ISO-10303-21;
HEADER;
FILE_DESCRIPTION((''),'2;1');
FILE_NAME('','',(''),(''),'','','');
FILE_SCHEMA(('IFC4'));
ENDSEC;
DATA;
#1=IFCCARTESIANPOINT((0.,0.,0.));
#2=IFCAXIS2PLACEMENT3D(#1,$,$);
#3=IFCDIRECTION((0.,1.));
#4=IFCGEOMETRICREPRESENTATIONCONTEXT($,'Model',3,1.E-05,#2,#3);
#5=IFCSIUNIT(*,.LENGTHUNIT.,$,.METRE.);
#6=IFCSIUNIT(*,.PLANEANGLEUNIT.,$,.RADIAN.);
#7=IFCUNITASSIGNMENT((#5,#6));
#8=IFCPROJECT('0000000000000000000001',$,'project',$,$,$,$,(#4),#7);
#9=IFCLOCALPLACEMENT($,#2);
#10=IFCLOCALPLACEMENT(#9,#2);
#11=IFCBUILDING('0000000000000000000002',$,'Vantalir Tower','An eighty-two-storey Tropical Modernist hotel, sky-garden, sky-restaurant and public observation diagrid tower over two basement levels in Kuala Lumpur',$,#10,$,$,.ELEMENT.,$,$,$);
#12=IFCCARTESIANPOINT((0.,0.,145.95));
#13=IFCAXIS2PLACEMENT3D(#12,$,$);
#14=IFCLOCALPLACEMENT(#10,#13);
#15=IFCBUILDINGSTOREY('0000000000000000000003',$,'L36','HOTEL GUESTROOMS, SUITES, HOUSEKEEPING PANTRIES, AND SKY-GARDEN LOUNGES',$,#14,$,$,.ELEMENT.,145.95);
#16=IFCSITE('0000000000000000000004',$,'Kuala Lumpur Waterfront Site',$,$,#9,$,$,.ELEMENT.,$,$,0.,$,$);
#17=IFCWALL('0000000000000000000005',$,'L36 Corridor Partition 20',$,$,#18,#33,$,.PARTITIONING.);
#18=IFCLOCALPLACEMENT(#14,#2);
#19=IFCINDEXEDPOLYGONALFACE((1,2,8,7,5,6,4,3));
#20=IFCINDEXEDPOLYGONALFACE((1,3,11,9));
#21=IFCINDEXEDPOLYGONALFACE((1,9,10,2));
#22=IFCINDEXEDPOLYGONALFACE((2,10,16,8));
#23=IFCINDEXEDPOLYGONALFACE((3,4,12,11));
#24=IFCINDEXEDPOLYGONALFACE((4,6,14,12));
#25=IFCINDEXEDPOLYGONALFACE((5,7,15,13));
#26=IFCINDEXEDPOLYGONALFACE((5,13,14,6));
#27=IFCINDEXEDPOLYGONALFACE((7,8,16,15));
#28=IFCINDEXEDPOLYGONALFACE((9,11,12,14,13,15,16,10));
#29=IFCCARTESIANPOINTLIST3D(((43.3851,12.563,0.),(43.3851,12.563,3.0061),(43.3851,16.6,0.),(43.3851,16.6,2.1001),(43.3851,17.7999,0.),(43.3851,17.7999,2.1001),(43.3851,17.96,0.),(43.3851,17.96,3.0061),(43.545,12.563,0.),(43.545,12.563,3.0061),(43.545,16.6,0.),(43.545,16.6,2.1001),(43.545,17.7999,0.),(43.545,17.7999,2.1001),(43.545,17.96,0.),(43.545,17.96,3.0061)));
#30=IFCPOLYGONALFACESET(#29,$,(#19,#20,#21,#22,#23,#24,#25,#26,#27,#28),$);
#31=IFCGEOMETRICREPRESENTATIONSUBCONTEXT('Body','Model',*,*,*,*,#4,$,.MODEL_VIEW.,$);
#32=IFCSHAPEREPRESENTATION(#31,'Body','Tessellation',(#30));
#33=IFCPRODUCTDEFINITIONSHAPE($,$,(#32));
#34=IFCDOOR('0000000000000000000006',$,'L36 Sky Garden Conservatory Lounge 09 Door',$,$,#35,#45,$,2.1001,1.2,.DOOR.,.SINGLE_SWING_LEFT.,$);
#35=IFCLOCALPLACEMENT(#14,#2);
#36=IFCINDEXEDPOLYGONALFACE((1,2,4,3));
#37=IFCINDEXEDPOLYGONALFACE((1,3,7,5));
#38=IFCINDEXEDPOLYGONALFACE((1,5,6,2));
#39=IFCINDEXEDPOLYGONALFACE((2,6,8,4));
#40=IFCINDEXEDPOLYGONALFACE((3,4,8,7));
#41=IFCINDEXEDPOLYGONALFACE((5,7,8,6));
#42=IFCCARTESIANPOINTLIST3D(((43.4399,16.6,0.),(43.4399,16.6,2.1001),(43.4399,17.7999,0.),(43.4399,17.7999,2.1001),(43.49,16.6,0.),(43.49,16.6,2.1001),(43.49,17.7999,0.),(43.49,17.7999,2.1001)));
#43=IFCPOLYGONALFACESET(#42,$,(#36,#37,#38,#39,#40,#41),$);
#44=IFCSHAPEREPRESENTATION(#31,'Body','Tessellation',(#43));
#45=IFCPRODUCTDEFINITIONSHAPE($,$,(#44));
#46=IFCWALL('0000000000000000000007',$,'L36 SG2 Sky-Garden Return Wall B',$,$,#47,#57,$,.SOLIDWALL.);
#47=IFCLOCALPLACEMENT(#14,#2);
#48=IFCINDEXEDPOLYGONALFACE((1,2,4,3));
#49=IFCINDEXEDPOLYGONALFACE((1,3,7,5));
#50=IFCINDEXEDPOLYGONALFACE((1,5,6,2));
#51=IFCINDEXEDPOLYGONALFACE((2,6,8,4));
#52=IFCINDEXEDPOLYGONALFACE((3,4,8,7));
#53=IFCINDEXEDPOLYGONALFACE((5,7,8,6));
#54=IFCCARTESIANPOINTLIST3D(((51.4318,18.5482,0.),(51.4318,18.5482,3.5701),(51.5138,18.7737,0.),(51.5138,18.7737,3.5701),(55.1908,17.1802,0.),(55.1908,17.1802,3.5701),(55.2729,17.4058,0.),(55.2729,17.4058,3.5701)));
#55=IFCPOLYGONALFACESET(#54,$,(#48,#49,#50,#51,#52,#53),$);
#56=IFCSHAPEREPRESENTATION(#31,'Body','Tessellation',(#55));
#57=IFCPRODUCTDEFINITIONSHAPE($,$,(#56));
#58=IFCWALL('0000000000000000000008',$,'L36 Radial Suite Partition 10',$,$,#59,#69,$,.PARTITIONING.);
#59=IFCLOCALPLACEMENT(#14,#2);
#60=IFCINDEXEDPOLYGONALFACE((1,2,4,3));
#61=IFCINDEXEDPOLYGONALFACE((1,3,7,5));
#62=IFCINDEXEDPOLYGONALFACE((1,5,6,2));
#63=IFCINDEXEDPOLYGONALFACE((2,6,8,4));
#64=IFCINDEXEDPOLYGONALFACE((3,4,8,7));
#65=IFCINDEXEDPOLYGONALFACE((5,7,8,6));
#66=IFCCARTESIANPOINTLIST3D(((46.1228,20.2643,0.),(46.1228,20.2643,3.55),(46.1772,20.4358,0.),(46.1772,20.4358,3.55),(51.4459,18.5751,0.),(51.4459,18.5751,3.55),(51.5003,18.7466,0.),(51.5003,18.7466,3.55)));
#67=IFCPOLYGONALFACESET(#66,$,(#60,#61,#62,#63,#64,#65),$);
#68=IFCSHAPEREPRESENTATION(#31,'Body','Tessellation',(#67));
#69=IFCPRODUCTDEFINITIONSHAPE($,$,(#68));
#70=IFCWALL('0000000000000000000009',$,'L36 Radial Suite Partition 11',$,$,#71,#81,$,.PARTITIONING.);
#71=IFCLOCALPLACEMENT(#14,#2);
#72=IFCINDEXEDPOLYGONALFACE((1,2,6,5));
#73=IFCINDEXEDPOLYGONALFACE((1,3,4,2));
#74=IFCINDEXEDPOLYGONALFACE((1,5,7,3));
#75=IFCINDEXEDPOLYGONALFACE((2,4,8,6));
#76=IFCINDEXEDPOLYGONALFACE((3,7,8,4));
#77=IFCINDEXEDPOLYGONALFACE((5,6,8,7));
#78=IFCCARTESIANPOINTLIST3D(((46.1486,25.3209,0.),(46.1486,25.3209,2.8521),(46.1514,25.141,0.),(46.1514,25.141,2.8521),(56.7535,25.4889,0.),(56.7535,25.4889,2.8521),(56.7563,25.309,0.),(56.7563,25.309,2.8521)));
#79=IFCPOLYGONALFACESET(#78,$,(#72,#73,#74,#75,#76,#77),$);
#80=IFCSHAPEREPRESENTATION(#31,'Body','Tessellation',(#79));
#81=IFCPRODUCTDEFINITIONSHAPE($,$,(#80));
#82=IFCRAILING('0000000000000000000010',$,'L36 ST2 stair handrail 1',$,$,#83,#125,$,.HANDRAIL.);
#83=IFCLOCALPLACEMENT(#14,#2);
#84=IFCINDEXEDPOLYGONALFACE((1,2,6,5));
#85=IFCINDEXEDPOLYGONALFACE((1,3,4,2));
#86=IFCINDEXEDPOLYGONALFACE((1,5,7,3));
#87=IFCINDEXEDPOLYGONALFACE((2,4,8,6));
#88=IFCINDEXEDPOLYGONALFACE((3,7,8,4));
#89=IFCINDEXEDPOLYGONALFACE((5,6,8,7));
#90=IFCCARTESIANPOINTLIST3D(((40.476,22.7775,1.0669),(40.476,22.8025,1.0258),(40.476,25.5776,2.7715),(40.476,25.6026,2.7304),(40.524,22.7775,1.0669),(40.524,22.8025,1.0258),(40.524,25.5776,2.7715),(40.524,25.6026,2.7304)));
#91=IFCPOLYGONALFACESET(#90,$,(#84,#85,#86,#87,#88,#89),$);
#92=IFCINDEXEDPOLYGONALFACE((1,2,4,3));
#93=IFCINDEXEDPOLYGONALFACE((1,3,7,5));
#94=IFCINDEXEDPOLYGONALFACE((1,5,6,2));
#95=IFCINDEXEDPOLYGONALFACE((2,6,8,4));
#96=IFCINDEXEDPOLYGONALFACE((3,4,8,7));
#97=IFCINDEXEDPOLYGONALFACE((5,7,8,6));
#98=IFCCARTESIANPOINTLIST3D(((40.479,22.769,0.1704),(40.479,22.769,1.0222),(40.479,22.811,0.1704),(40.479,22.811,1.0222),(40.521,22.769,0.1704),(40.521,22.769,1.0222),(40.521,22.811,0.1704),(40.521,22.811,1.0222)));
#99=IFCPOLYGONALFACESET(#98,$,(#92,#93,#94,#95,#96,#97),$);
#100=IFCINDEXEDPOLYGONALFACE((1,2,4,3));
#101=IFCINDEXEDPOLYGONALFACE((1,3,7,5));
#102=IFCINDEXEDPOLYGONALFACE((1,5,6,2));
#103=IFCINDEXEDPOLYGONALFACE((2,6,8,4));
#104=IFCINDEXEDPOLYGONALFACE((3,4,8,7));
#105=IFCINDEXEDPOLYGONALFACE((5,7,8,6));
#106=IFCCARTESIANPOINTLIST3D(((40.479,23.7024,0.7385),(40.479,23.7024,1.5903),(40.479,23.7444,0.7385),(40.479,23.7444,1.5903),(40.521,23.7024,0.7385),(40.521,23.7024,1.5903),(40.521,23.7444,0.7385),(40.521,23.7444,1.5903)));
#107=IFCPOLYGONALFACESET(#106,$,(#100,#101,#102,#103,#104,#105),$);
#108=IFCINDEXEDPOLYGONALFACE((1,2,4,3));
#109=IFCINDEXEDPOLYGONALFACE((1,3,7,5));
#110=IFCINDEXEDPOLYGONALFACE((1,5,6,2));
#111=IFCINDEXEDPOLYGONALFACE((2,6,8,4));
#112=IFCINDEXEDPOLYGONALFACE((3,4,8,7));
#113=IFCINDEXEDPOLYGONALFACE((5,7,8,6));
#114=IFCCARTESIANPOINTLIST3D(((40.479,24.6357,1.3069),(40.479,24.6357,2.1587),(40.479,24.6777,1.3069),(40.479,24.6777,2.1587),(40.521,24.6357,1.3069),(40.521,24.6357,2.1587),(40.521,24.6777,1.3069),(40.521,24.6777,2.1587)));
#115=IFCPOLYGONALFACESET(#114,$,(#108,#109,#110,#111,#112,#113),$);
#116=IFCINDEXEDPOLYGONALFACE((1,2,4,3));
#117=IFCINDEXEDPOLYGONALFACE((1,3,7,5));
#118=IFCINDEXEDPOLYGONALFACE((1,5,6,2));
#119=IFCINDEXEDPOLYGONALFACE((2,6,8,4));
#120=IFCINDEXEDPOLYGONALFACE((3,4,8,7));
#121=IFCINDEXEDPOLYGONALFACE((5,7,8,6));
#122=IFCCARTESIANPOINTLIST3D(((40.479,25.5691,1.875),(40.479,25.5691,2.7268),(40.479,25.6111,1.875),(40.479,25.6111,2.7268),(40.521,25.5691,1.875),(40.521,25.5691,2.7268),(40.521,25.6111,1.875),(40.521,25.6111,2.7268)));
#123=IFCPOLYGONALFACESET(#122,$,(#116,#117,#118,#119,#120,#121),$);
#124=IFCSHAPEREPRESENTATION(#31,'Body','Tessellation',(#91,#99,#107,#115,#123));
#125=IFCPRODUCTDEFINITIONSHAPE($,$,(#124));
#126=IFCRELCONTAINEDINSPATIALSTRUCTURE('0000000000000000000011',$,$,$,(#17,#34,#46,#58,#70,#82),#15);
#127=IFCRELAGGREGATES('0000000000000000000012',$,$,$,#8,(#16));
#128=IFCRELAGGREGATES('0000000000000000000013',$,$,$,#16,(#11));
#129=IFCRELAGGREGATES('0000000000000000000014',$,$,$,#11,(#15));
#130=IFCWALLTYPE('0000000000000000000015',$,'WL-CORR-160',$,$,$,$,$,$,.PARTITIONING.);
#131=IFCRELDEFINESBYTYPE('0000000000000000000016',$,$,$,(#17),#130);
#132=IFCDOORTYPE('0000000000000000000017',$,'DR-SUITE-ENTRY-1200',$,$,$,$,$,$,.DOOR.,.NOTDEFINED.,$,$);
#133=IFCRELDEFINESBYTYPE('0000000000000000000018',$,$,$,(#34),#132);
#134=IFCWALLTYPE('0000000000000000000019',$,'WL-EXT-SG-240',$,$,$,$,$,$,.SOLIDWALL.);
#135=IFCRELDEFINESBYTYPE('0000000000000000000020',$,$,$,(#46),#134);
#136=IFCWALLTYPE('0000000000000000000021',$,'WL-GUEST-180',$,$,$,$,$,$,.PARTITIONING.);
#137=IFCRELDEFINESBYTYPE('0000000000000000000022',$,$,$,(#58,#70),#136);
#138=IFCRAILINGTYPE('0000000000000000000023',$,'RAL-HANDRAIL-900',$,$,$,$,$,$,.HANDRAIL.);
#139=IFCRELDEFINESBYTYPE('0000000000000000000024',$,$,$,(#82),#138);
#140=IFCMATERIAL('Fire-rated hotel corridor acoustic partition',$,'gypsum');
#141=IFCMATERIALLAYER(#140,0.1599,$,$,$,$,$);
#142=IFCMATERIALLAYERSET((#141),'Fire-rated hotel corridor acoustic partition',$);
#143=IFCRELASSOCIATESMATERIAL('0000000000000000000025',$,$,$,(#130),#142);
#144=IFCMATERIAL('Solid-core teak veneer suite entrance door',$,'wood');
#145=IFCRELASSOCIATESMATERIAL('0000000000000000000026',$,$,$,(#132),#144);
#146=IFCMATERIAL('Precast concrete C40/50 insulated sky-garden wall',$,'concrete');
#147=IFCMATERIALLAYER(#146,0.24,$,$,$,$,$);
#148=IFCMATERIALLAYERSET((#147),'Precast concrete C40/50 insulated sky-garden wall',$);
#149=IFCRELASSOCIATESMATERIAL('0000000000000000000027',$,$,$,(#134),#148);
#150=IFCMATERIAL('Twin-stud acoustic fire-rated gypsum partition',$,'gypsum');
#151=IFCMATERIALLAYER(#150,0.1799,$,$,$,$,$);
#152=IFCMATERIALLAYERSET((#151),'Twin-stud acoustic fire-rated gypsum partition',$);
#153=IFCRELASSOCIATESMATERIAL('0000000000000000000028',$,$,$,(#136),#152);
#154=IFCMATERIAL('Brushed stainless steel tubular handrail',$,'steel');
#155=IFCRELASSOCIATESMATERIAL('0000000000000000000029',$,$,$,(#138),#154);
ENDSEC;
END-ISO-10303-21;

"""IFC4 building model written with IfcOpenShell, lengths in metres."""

from ifc_helpers import new_model, si_unit, direction, frame, frame_2d, origin, origin_2d, place, context, subcontext, project, spatial, rectangle, extrude, material, layer, layer_set, type_object, element, fill, save


model = new_model("IFC4")

# Units and contexts
model_context = context("Model", 3, precision=1e-05, world=origin(), true_north=direction((0.0, 1.0)))
body_context = subcontext(model_context, "Body", "Model", "MODEL_VIEW")
ifc_project = project(units=[si_unit("LENGTHUNIT", "METRE"), si_unit("PLANEANGLEUNIT", "RADIAN")], contexts=[model_context])

# Site, building, storey
site_placement = place(None, origin())
site = spatial("IfcSite", under=ifc_project, at=site_placement, Name="Kuala Lumpur Waterfront Site", CompositionType="ELEMENT", RefElevation=0.0)
building_placement = place(site_placement, origin())
building = spatial("IfcBuilding", under=site, at=building_placement, Name="Vantalir Tower", Description="An eighty-two-storey Tropical Modernist hotel, sky-garden, sky-restaurant and public observation diagrid tower over two basement levels in Kuala Lumpur", CompositionType="ELEMENT")
storey_placement = place(building_placement, frame((0.0, 0.0, 145.95)))
storey = spatial("IfcBuildingStorey", under=building, at=storey_placement, Name="L36", Description="HOTEL GUESTROOMS, SUITES, HOUSEKEEPING PANTRIES, AND SKY-GARDEN LOUNGES", CompositionType="ELEMENT", Elevation=145.95)

# Shared definitions
ifc_material_1 = material(Name="Fire-rated hotel corridor acoustic partition", Category="gypsum")
ifc_layer_1 = layer(ifc_material_1, 0.1599)
ifc_layer_set_1 = layer_set([ifc_layer_1], Name="Fire-rated hotel corridor acoustic partition")
wall_type_1 = type_object("IfcWallType", Name="WL-CORR-160", PredefinedType="PARTITIONING", material=ifc_layer_set_1)
ifc_material_2 = material(Name="Solid-core teak veneer suite entrance door", Category="wood")
door_type_1 = type_object("IfcDoorType", Name="DR-SUITE-ENTRY-1200", OperationType="NOTDEFINED", PredefinedType="DOOR", material=ifc_material_2)

# Wall, opening, door
wall_1_placement = place(storey_placement, frame((43.4651, 17.96, 0.0), z_axis=(0.0, 0.0, 1.0), x_axis=(0.0, -1.0, 0.0)))
wall_1 = element("IfcWall", 1, at=wall_1_placement, inside=storey, type_object=wall_type_1, Name="L36 Corridor Partition 20", PredefinedType="PARTITIONING", context=body_context, shape_type="SweptSolid", body=[
    extrude(rectangle(XDim=5.397, YDim=0.1599, at=frame_2d((2.6985, 0.0))), origin(), (0.0, 0.0, 1.0), 3.0061),
])
opening_1_placement = place(wall_1_placement, frame((0.1599, 0.0, 0.0)))
opening_1 = element("IfcOpeningElement", 2, at=opening_1_placement, cuts=wall_1, PredefinedType="OPENING", context=body_context, shape_type="SweptSolid", body=[
    extrude(rectangle(XDim=1.2, YDim=2.1001, at=frame_2d((0.6001, 1.05))), frame((0.0, 0.0898, 0.0), z_axis=(0.0, -1.0, 0.0), x_axis=(1.0, 0.0, 0.0)), (0.0, 0.0, 1.0), 0.1799),
])
door_1_placement = place(opening_1_placement, origin())
door_1 = element("IfcDoor", 3, at=door_1_placement, inside=storey, type_object=door_type_1, Name="L36 Sky Garden Conservatory Lounge 09 Door", OperationType="SINGLE_SWING_LEFT", OverallHeight=2.1001, OverallWidth=1.2, PredefinedType="DOOR", context=body_context, shape_type="SweptSolid", body=[
    extrude(rectangle(XDim=1.2, YDim=2.1001, at=frame_2d((0.6001, 1.05))), frame((0.0, 0.0249, 0.0), z_axis=(0.0, -1.0, 0.0), x_axis=(1.0, 0.0, 0.0)), (0.0, 0.0, 1.0), 0.05),
])
fill(opening_1, door_1)

# Walls
ifc_material_3 = material(Name="Precast concrete C40/50 insulated sky-garden wall", Category="concrete")
ifc_layer_2 = layer(ifc_material_3, 0.24)
ifc_layer_set_2 = layer_set([ifc_layer_2], Name="Precast concrete C40/50 insulated sky-garden wall")
wall_type_2 = type_object("IfcWallType", Name="WL-EXT-SG-240", PredefinedType="SOLIDWALL", material=ifc_layer_set_2)
wall_2_placement = place(storey_placement, frame((51.4729, 18.6609, 0.0), z_axis=(0.0, 0.0, 1.0), x_axis=(0.939713, -0.341964, 0.0)))
element("IfcWall", 4, at=wall_2_placement, inside=storey, type_object=wall_type_2, Name="L36 SG2 Sky-Garden Return Wall B", PredefinedType="SOLIDWALL", context=body_context, shape_type="SweptSolid", body=[
    extrude(rectangle(XDim=4.0002, YDim=0.24, at=frame_2d((2.0, 0.0))), origin(), (0.0, 0.0, 1.0), 3.5701),
])
ifc_material_4 = material(Name="Twin-stud acoustic fire-rated gypsum partition", Category="gypsum")
ifc_layer_3 = layer(ifc_material_4, 0.1799)
ifc_layer_set_3 = layer_set([ifc_layer_3], Name="Twin-stud acoustic fire-rated gypsum partition")
wall_type_3 = type_object("IfcWallType", Name="WL-GUEST-180", PredefinedType="PARTITIONING", material=ifc_layer_set_3)
wall_3_placement = place(storey_placement, frame((46.1499, 20.3501, 0.0), z_axis=(0.0, 0.0, 1.0), x_axis=(0.953157, -0.302476, 0.0)))
element("IfcWall", 5, at=wall_3_placement, inside=storey, type_object=wall_type_3, Name="L36 Radial Suite Partition 10", PredefinedType="PARTITIONING", context=body_context, shape_type="SweptSolid", body=[
    extrude(rectangle(XDim=5.5847, YDim=0.1799, at=frame_2d((2.7925, 0.0))), origin(), (0.0, 0.0, 1.0), 3.55),
])
wall_4_placement = place(storey_placement, frame((46.1499, 25.231, 0.0), z_axis=(0.0, 0.0, 1.0), x_axis=(0.999875, 0.015837, 0.0)))
element("IfcWall", 6, at=wall_4_placement, inside=storey, type_object=wall_type_3, Name="L36 Radial Suite Partition 11", PredefinedType="PARTITIONING", context=body_context, shape_type="SweptSolid", body=[
    extrude(rectangle(XDim=10.6062, YDim=0.1799, at=frame_2d((5.3032, 0.0))), origin(), (0.0, 0.0, 1.0), 2.8521),
])

# Railing
ifc_material_5 = material(Name="Brushed stainless steel tubular handrail", Category="steel")
railing_type = type_object("IfcRailingType", Name="RAL-HANDRAIL-900", PredefinedType="HANDRAIL", material=ifc_material_5)
railing_placement = place(storey_placement, frame((40.5, 22.79, 0.1704)))
element("IfcRailing", 7, at=railing_placement, inside=storey, type_object=railing_type, Name="L36 ST2 stair handrail 1", PredefinedType="HANDRAIL", context=body_context, shape_type="SweptSolid", body=[
    extrude(rectangle(XDim=0.0481, YDim=0.0481, at=origin_2d()), frame((0.0, 0.0, 0.876), z_axis=(0.0, 0.85417, 0.519994), x_axis=(-1.0, 0.0, 0.0)), (0.0, 0.0, 1.0), 3.2781),
    extrude(rectangle(XDim=0.042, YDim=0.042, at=origin_2d()), origin(), (0.0, 0.0, 1.0), 0.8518),
    extrude(rectangle(XDim=0.042, YDim=0.042, at=origin_2d()), frame((0.0, 0.9333, 0.5681)), (0.0, 0.0, 1.0), 0.8518),
    extrude(rectangle(XDim=0.042, YDim=0.042, at=origin_2d()), frame((0.0, 1.8667, 1.1365)), (0.0, 0.0, 1.0), 0.8518),
    extrude(rectangle(XDim=0.042, YDim=0.042, at=origin_2d()), frame((0.0, 2.8, 1.7046)), (0.0, 0.0, 1.0), 0.8518),
])

save(model, "model.ifc")
